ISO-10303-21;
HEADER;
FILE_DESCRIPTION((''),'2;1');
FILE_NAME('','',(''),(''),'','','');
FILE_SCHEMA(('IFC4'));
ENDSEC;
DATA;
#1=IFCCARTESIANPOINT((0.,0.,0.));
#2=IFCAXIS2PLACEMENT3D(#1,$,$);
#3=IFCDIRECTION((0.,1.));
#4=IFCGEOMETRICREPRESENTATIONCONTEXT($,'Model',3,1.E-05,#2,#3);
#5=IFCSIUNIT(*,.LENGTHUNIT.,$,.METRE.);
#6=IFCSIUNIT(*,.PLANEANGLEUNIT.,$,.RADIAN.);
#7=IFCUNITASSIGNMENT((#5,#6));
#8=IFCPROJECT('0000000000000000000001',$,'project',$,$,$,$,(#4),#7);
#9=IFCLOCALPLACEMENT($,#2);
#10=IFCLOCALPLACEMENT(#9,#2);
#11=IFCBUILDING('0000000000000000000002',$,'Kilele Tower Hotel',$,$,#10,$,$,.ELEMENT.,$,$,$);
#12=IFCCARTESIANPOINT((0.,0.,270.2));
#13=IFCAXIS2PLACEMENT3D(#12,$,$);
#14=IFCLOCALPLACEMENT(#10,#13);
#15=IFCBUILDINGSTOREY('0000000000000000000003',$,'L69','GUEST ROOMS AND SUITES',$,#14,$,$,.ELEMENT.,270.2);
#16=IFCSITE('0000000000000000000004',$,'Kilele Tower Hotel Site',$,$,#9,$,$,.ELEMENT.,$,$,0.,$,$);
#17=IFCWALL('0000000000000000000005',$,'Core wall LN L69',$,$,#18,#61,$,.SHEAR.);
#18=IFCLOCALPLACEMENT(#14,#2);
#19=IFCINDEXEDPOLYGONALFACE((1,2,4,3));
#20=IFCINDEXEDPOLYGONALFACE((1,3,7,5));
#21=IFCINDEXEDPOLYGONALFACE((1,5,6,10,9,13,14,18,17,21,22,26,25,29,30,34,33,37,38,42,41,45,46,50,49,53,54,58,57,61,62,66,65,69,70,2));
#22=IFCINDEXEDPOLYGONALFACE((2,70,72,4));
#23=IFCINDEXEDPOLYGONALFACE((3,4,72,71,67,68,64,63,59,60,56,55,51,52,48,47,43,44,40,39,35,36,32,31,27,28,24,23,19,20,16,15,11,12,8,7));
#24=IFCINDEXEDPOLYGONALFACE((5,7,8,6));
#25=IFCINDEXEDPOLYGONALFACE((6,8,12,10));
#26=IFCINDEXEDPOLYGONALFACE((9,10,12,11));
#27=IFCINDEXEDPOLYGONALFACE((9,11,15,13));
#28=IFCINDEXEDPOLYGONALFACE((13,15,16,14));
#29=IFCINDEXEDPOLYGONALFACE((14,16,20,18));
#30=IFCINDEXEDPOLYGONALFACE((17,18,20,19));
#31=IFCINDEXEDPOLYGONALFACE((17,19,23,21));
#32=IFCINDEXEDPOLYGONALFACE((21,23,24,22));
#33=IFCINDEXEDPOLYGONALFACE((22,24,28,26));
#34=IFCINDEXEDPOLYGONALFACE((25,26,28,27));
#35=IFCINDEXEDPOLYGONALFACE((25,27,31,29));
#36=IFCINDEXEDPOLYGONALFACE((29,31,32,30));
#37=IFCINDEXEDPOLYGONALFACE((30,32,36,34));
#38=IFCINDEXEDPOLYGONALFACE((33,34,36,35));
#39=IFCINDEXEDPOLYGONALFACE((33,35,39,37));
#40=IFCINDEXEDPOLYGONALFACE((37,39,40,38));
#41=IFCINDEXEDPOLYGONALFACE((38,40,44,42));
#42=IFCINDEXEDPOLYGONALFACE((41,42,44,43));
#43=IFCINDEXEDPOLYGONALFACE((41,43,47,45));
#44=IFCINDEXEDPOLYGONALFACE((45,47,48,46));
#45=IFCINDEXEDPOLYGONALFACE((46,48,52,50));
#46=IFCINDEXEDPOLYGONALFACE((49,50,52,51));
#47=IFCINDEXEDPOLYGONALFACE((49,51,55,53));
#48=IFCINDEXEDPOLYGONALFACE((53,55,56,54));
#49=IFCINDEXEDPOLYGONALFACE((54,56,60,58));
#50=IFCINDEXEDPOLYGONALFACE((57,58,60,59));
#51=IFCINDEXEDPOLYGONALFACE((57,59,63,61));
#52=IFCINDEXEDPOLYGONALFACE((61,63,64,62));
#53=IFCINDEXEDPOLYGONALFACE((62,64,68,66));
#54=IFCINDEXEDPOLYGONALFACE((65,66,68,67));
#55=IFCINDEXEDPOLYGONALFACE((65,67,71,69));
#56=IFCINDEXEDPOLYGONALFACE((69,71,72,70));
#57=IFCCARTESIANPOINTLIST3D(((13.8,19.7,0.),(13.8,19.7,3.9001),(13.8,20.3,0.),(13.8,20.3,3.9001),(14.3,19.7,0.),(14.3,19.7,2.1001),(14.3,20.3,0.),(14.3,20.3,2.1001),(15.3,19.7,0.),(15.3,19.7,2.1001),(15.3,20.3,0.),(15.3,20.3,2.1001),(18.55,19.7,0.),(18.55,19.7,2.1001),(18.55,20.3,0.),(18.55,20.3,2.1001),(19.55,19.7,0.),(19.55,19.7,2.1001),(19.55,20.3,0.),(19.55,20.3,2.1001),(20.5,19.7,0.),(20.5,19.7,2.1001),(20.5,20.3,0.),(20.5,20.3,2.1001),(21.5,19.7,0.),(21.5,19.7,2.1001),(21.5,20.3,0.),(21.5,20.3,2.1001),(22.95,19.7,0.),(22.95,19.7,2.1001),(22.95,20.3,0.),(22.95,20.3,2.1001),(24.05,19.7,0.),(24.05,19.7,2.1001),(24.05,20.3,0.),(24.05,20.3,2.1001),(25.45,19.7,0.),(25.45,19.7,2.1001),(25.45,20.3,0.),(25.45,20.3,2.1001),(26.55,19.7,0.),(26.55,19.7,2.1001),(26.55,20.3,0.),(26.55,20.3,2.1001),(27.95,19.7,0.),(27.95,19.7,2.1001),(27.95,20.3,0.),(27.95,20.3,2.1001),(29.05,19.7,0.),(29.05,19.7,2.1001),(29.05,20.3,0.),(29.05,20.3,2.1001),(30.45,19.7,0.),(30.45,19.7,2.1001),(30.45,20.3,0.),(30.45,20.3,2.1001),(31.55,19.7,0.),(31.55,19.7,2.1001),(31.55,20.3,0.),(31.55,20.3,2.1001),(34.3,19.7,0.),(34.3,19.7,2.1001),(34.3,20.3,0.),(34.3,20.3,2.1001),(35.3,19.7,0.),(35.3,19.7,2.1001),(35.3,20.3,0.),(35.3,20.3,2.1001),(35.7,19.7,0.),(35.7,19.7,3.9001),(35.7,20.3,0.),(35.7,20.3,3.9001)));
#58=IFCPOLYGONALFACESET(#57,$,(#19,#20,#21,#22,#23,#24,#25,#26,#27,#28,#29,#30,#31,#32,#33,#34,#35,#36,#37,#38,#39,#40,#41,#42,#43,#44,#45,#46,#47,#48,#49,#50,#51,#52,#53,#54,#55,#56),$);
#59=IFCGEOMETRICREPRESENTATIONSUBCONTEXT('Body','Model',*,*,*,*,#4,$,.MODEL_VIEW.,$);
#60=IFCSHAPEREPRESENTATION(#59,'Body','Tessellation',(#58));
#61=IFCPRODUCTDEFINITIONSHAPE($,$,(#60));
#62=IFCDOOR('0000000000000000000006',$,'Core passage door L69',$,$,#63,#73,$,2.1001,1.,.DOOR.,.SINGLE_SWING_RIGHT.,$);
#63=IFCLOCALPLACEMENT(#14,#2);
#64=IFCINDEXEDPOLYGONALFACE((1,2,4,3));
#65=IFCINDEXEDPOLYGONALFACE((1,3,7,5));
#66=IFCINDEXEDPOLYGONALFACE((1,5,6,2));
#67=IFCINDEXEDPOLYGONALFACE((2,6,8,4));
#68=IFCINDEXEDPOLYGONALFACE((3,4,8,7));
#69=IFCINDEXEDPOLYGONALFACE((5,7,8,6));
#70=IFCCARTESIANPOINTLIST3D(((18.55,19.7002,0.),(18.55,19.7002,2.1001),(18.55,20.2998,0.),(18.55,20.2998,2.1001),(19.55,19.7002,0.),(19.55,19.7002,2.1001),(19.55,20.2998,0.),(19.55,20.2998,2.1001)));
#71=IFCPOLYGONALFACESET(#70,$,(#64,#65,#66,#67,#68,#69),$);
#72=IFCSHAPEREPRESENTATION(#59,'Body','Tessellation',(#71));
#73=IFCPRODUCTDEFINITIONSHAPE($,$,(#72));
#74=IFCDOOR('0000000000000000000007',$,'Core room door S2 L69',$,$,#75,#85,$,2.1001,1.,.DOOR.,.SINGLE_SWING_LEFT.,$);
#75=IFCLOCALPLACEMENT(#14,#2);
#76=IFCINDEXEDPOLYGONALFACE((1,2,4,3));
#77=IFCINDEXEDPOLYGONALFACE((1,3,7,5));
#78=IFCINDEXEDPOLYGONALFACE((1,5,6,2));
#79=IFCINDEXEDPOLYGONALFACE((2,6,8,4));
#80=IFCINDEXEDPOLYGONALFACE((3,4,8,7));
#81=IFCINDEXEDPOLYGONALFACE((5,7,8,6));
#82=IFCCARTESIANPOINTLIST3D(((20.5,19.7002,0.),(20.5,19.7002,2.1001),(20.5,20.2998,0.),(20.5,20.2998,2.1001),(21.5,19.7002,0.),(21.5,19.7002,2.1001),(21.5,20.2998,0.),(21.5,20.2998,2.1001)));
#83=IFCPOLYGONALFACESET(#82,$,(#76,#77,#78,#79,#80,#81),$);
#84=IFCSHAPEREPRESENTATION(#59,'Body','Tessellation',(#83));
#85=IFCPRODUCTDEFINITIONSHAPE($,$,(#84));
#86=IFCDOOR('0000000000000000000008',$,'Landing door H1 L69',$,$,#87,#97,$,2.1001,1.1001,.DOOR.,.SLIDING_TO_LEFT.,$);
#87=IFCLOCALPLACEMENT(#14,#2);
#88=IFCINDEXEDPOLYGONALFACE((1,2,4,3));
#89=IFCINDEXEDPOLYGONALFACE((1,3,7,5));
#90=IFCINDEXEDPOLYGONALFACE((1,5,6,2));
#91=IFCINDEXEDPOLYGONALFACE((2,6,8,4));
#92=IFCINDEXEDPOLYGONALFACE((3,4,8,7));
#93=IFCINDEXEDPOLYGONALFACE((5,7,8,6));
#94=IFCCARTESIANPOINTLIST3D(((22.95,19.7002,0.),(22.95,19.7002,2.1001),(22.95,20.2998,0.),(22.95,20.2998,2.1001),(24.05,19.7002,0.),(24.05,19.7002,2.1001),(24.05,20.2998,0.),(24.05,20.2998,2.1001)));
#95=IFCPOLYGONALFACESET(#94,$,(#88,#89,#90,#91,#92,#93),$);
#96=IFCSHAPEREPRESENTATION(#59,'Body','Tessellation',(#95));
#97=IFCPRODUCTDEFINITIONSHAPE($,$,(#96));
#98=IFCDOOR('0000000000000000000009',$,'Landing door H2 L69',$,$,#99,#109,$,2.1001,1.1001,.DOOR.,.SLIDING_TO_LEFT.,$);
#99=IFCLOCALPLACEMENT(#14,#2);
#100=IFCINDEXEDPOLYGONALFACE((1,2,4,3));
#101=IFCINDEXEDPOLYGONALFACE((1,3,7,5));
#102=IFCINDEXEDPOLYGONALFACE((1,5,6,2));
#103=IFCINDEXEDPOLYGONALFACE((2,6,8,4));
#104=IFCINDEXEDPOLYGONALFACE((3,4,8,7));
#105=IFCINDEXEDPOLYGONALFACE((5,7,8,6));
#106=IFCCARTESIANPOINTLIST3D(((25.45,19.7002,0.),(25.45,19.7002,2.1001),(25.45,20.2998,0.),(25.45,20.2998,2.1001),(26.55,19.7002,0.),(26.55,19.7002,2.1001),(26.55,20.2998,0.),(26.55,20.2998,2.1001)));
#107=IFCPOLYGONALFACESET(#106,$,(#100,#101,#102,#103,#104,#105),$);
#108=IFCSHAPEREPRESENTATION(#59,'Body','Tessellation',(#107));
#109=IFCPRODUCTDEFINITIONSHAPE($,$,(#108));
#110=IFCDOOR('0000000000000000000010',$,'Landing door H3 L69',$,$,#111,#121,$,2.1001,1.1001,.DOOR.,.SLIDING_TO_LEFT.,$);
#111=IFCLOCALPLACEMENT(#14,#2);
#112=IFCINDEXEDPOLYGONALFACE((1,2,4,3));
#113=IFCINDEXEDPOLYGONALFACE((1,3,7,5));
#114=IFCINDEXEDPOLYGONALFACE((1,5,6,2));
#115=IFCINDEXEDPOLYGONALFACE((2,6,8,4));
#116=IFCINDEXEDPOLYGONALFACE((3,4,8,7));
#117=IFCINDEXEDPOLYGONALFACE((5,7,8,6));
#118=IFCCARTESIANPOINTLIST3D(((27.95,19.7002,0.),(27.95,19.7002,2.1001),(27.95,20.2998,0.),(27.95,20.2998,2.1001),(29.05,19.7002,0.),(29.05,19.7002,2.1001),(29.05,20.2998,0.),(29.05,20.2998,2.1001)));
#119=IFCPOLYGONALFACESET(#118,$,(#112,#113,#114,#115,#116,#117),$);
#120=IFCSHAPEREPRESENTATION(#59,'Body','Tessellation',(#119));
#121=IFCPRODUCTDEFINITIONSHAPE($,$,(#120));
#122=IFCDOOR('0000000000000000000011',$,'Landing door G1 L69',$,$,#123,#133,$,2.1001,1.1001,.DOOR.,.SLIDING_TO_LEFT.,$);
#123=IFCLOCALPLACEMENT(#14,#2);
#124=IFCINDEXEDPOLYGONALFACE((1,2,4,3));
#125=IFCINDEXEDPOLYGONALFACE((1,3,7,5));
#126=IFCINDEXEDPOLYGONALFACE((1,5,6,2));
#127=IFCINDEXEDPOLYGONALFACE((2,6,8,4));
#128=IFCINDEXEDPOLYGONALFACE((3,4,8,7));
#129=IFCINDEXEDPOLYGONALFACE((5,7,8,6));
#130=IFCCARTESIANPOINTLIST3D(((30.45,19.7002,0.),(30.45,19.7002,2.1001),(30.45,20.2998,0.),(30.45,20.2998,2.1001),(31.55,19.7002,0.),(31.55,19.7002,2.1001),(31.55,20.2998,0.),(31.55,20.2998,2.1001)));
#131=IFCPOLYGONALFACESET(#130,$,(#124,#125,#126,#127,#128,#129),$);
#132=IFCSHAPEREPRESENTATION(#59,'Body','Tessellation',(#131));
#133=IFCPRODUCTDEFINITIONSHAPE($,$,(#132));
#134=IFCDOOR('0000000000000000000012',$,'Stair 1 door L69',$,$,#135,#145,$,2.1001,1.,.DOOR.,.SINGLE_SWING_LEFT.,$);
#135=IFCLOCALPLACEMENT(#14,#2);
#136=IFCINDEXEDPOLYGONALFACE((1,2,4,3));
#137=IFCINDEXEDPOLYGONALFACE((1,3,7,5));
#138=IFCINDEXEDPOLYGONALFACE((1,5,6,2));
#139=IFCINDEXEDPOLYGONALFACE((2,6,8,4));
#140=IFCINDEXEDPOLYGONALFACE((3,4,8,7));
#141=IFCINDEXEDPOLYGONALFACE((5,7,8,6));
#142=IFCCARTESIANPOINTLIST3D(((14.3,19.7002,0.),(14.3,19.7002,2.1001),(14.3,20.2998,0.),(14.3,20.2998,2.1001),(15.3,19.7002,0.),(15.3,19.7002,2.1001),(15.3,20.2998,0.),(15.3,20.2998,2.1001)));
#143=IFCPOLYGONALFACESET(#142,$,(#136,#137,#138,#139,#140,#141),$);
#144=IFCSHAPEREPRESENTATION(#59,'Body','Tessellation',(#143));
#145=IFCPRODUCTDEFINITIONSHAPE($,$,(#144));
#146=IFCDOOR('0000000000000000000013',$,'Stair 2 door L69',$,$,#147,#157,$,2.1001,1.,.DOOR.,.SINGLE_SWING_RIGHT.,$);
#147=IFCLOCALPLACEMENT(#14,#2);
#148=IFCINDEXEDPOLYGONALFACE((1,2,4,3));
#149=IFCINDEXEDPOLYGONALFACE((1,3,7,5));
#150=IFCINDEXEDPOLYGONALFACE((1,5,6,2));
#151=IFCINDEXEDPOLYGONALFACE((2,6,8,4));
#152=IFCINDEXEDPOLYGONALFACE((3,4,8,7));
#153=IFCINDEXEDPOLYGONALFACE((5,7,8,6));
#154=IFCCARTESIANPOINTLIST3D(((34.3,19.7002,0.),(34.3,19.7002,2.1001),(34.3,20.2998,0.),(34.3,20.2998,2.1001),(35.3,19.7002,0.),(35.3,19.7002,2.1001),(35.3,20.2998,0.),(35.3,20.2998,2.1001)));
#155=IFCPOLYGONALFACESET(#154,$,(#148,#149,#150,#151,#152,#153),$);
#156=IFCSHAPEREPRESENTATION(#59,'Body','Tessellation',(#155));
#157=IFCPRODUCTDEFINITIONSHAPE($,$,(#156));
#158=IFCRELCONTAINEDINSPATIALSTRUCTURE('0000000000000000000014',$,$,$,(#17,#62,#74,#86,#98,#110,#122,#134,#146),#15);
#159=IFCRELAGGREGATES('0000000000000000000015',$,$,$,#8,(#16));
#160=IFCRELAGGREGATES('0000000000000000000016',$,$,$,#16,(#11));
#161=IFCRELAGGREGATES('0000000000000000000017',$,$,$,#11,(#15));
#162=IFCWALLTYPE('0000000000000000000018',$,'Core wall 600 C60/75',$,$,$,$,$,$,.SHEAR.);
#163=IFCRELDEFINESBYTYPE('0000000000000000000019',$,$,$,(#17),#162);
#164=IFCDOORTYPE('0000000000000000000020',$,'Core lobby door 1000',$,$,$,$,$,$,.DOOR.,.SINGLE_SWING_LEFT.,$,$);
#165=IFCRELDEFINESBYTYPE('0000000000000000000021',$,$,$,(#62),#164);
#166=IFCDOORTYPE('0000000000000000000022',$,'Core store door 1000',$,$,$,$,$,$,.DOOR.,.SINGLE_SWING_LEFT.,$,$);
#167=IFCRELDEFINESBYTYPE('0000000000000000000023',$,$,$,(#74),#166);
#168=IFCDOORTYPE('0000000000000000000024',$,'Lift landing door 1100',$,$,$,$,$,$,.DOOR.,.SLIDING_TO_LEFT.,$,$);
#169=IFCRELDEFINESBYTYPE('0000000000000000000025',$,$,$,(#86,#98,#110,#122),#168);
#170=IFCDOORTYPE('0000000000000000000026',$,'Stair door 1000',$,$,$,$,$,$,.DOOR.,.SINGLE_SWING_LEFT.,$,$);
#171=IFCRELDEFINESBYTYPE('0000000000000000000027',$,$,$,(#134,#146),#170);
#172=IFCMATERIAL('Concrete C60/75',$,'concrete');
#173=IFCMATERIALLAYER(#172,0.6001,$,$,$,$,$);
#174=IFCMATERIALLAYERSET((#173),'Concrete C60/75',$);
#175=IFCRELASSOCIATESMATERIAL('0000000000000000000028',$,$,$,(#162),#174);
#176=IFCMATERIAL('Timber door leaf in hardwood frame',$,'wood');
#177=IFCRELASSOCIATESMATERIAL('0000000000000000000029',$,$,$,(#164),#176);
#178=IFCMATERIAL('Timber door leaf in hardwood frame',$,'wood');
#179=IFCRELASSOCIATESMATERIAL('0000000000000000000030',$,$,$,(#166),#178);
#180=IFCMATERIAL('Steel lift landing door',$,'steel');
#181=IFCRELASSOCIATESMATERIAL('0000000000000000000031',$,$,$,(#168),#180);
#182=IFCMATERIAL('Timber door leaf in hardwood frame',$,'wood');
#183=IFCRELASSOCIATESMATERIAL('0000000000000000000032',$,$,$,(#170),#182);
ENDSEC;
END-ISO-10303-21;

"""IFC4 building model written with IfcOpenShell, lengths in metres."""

from ifc_helpers import new_model, si_unit, direction, frame, frame_2d, origin, place, context, subcontext, project, spatial, rectangle, extrude, material, layer, layer_set, type_object, element, fill, save


model = new_model("IFC4")

# Units and contexts
model_context = context("Model", 3, precision=1e-05, world=origin(), true_north=direction((0.0, 1.0)))
body_context = subcontext(model_context, "Body", "Model", "MODEL_VIEW")
ifc_project = project(units=[si_unit("LENGTHUNIT", "METRE"), si_unit("PLANEANGLEUNIT", "RADIAN")], contexts=[model_context])

# Site, building, storey
site_placement = place(None, origin())
site = spatial("IfcSite", under=ifc_project, at=site_placement, Name="Kilele Tower Hotel Site", CompositionType="ELEMENT", RefElevation=0.0)
building_placement = place(site_placement, origin())
building = spatial("IfcBuilding", under=site, at=building_placement, Name="Kilele Tower Hotel", CompositionType="ELEMENT")
storey_placement = place(building_placement, frame((0.0, 0.0, 270.2)))
storey = spatial("IfcBuildingStorey", under=building, at=storey_placement, Name="L69", Description="GUEST ROOMS AND SUITES", CompositionType="ELEMENT", Elevation=270.2)

# Wall, openings, doors
ifc_material_1 = material(Name="Concrete C60/75", Category="concrete")
ifc_layer_1 = layer(ifc_material_1, 0.6001)
ifc_layer_set_1 = layer_set([ifc_layer_1], Name="Concrete C60/75")
wall_type_1 = type_object("IfcWallType", Name="Core wall 600 C60/75", PredefinedType="SHEAR", material=ifc_layer_set_1)
wall_1_placement = place(storey_placement, frame((13.8, 20.0, 0.0), z_axis=(0.0, 0.0, 1.0), x_axis=(1.0, 0.0, 0.0)))
wall_1 = element("IfcWall", 1, at=wall_1_placement, inside=storey, type_object=wall_type_1, Name="Core wall LN L69", PredefinedType="SHEAR", context=body_context, shape_type="SweptSolid", body=[
    extrude(rectangle(XDim=21.8999, YDim=0.6001, at=frame_2d((10.95, 0.0))), origin(), (0.0, 0.0, 1.0), 3.9001),
])
opening_1_placement = place(wall_1_placement, frame((0.5, 0.0, 0.0)))
opening_1 = element("IfcOpeningElement", 2, at=opening_1_placement, cuts=wall_1, PredefinedType="OPENING", context=body_context, shape_type="SweptSolid", body=[
    extrude(rectangle(XDim=1.0, YDim=2.1001, at=frame_2d((0.5, 1.05))), frame((0.0, 0.3101, 0.0), z_axis=(0.0, -1.0, 0.0), x_axis=(1.0, 0.0, 0.0)), (0.0, 0.0, 1.0), 0.6201),
])
opening_2_placement = place(wall_1_placement, frame((20.5, 0.0, 0.0)))
opening_2 = element("IfcOpeningElement", 3, at=opening_2_placement, cuts=wall_1, PredefinedType="OPENING", context=body_context, shape_type="SweptSolid", body=[
    extrude(rectangle(XDim=1.0, YDim=2.1001, at=frame_2d((0.5, 1.05))), frame((0.0, 0.3101, 0.0), z_axis=(0.0, -1.0, 0.0), x_axis=(1.0, 0.0, 0.0)), (0.0, 0.0, 1.0), 0.6201),
])
opening_3_placement = place(wall_1_placement, frame((9.1499, 0.0, 0.0)))
opening_3 = element("IfcOpeningElement", 4, at=opening_3_placement, cuts=wall_1, PredefinedType="OPENING", context=body_context, shape_type="SweptSolid", body=[
    extrude(rectangle(XDim=1.1001, YDim=2.1001, at=frame_2d((0.55, 1.05))), frame((0.0, 0.3101, 0.0), z_axis=(0.0, -1.0, 0.0), x_axis=(1.0, 0.0, 0.0)), (0.0, 0.0, 1.0), 0.6201),
])
opening_4_placement = place(wall_1_placement, frame((11.6499, 0.0, 0.0)))
opening_4 = element("IfcOpeningElement", 5, at=opening_4_placement, cuts=wall_1, PredefinedType="OPENING", context=body_context, shape_type="SweptSolid", body=[
    extrude(rectangle(XDim=1.1001, YDim=2.1001, at=frame_2d((0.55, 1.05))), frame((0.0, 0.3101, 0.0), z_axis=(0.0, -1.0, 0.0), x_axis=(1.0, 0.0, 0.0)), (0.0, 0.0, 1.0), 0.6201),
])
opening_5_placement = place(wall_1_placement, frame((14.1499, 0.0, 0.0)))
opening_5 = element("IfcOpeningElement", 6, at=opening_5_placement, cuts=wall_1, PredefinedType="OPENING", context=body_context, shape_type="SweptSolid", body=[
    extrude(rectangle(XDim=1.1001, YDim=2.1001, at=frame_2d((0.55, 1.05))), frame((0.0, 0.3101, 0.0), z_axis=(0.0, -1.0, 0.0), x_axis=(1.0, 0.0, 0.0)), (0.0, 0.0, 1.0), 0.6201),
])
opening_6_placement = place(wall_1_placement, frame((16.6499, 0.0, 0.0)))
opening_6 = element("IfcOpeningElement", 7, at=opening_6_placement, cuts=wall_1, PredefinedType="OPENING", context=body_context, shape_type="SweptSolid", body=[
    extrude(rectangle(XDim=1.1001, YDim=2.1001, at=frame_2d((0.55, 1.05))), frame((0.0, 0.3101, 0.0), z_axis=(0.0, -1.0, 0.0), x_axis=(1.0, 0.0, 0.0)), (0.0, 0.0, 1.0), 0.6201),
])
opening_7_placement = place(wall_1_placement, frame((5.75, 0.0, 0.0), z_axis=(0.0, 0.0, 1.0), x_axis=(-1.0, 0.0, 0.0)))
opening_7 = element("IfcOpeningElement", 8, at=opening_7_placement, cuts=wall_1, PredefinedType="OPENING", context=body_context, shape_type="SweptSolid", body=[
    extrude(rectangle(XDim=1.0, YDim=2.1001, at=frame_2d((0.5, 1.05))), frame((0.0, 0.3101, 0.0), z_axis=(0.0, -1.0, 0.0), x_axis=(1.0, 0.0, 0.0)), (0.0, 0.0, 1.0), 0.6201),
])
opening_8_placement = place(wall_1_placement, frame((6.7, 0.0, 0.0)))
opening_8 = element("IfcOpeningElement", 9, at=opening_8_placement, cuts=wall_1, PredefinedType="OPENING", context=body_context, shape_type="SweptSolid", body=[
    extrude(rectangle(XDim=1.0, YDim=2.1001, at=frame_2d((0.5, 1.05))), frame((0.0, 0.3101, 0.0), z_axis=(0.0, -1.0, 0.0), x_axis=(1.0, 0.0, 0.0)), (0.0, 0.0, 1.0), 0.6201),
])
ifc_material_2 = material(Name="Timber door leaf in hardwood frame", Category="wood")
door_type_1 = type_object("IfcDoorType", Name="Core lobby door 1000", OperationType="SINGLE_SWING_LEFT", PredefinedType="DOOR", material=ifc_material_2)
door_1_placement = place(opening_7_placement, origin())
door_1 = element("IfcDoor", 10, at=door_1_placement, inside=storey, type_object=door_type_1, Name="Core passage door L69", OperationType="SINGLE_SWING_RIGHT", OverallHeight=2.1001, OverallWidth=1.0, PredefinedType="DOOR", context=body_context, shape_type="SweptSolid", body=[
    extrude(rectangle(XDim=1.0, YDim=2.1001, at=frame_2d((0.5, 1.05))), frame((0.0, 0.2998, 0.0), z_axis=(0.0, -1.0, 0.0), x_axis=(1.0, 0.0, 0.0)), (0.0, 0.0, 1.0), 0.5996),
])
fill(opening_7, door_1)
ifc_material_3 = material(Name="Timber door leaf in hardwood frame", Category="wood")
door_type_2 = type_object("IfcDoorType", Name="Core store door 1000", OperationType="SINGLE_SWING_LEFT", PredefinedType="DOOR", material=ifc_material_3)
door_2_placement = place(opening_8_placement, origin())
door_2 = element("IfcDoor", 11, at=door_2_placement, inside=storey, type_object=door_type_2, Name="Core room door S2 L69", OperationType="SINGLE_SWING_LEFT", OverallHeight=2.1001, OverallWidth=1.0, PredefinedType="DOOR", context=body_context, shape_type="SweptSolid", body=[
    extrude(rectangle(XDim=1.0, YDim=2.1001, at=frame_2d((0.5, 1.05))), frame((0.0, 0.2998, 0.0), z_axis=(0.0, -1.0, 0.0), x_axis=(1.0, 0.0, 0.0)), (0.0, 0.0, 1.0), 0.5996),
])
fill(opening_8, door_2)
ifc_material_4 = material(Name="Steel lift landing door", Category="steel")
door_type_3 = type_object("IfcDoorType", Name="Lift landing door 1100", OperationType="SLIDING_TO_LEFT", PredefinedType="DOOR", material=ifc_material_4)
door_3_placement = place(opening_3_placement, origin())
door_3 = element("IfcDoor", 12, at=door_3_placement, inside=storey, type_object=door_type_3, Name="Landing door H1 L69", OperationType="SLIDING_TO_LEFT", OverallHeight=2.1001, OverallWidth=1.1001, PredefinedType="DOOR", context=body_context, shape_type="SweptSolid", body=[
    extrude(rectangle(XDim=1.1001, YDim=2.1001, at=frame_2d((0.55, 1.05))), frame((0.0, 0.2998, 0.0), z_axis=(0.0, -1.0, 0.0), x_axis=(1.0, 0.0, 0.0)), (0.0, 0.0, 1.0), 0.5996),
])
fill(opening_3, door_3)
door_4_placement = place(opening_4_placement, origin())
door_4 = element("IfcDoor", 13, at=door_4_placement, inside=storey, type_object=door_type_3, Name="Landing door H2 L69", OperationType="SLIDING_TO_LEFT", OverallHeight=2.1001, OverallWidth=1.1001, PredefinedType="DOOR", context=body_context, shape_type="SweptSolid", body=[
    extrude(rectangle(XDim=1.1001, YDim=2.1001, at=frame_2d((0.55, 1.05))), frame((0.0, 0.2998, 0.0), z_axis=(0.0, -1.0, 0.0), x_axis=(1.0, 0.0, 0.0)), (0.0, 0.0, 1.0), 0.5996),
])
fill(opening_4, door_4)
door_5_placement = place(opening_5_placement, origin())
door_5 = element("IfcDoor", 14, at=door_5_placement, inside=storey, type_object=door_type_3, Name="Landing door H3 L69", OperationType="SLIDING_TO_LEFT", OverallHeight=2.1001, OverallWidth=1.1001, PredefinedType="DOOR", context=body_context, shape_type="SweptSolid", body=[
    extrude(rectangle(XDim=1.1001, YDim=2.1001, at=frame_2d((0.55, 1.05))), frame((0.0, 0.2998, 0.0), z_axis=(0.0, -1.0, 0.0), x_axis=(1.0, 0.0, 0.0)), (0.0, 0.0, 1.0), 0.5996),
])
fill(opening_5, door_5)
door_6_placement = place(opening_6_placement, origin())
door_6 = element("IfcDoor", 15, at=door_6_placement, inside=storey, type_object=door_type_3, Name="Landing door G1 L69", OperationType="SLIDING_TO_LEFT", OverallHeight=2.1001, OverallWidth=1.1001, PredefinedType="DOOR", context=body_context, shape_type="SweptSolid", body=[
    extrude(rectangle(XDim=1.1001, YDim=2.1001, at=frame_2d((0.55, 1.05))), frame((0.0, 0.2998, 0.0), z_axis=(0.0, -1.0, 0.0), x_axis=(1.0, 0.0, 0.0)), (0.0, 0.0, 1.0), 0.5996),
])
fill(opening_6, door_6)
ifc_material_5 = material(Name="Timber door leaf in hardwood frame", Category="wood")
door_type_4 = type_object("IfcDoorType", Name="Stair door 1000", OperationType="SINGLE_SWING_LEFT", PredefinedType="DOOR", material=ifc_material_5)
door_7_placement = place(opening_1_placement, origin())
door_7 = element("IfcDoor", 16, at=door_7_placement, inside=storey, type_object=door_type_4, Name="Stair 1 door L69", OperationType="SINGLE_SWING_LEFT", OverallHeight=2.1001, OverallWidth=1.0, PredefinedType="DOOR", context=body_context, shape_type="SweptSolid", body=[
    extrude(rectangle(XDim=1.0, YDim=2.1001, at=frame_2d((0.5, 1.05))), frame((0.0, 0.2998, 0.0), z_axis=(0.0, -1.0, 0.0), x_axis=(1.0, 0.0, 0.0)), (0.0, 0.0, 1.0), 0.5996),
])
fill(opening_1, door_7)
door_8_placement = place(opening_2_placement, origin())
door_8 = element("IfcDoor", 17, at=door_8_placement, inside=storey, type_object=door_type_4, Name="Stair 2 door L69", OperationType="SINGLE_SWING_RIGHT", OverallHeight=2.1001, OverallWidth=1.0, PredefinedType="DOOR", context=body_context, shape_type="SweptSolid", body=[
    extrude(rectangle(XDim=1.0, YDim=2.1001, at=frame_2d((0.5, 1.05))), frame((0.0, 0.2998, 0.0), z_axis=(0.0, -1.0, 0.0), x_axis=(1.0, 0.0, 0.0)), (0.0, 0.0, 1.0), 0.5996),
])
fill(opening_2, door_8)

save(model, "model.ifc")
